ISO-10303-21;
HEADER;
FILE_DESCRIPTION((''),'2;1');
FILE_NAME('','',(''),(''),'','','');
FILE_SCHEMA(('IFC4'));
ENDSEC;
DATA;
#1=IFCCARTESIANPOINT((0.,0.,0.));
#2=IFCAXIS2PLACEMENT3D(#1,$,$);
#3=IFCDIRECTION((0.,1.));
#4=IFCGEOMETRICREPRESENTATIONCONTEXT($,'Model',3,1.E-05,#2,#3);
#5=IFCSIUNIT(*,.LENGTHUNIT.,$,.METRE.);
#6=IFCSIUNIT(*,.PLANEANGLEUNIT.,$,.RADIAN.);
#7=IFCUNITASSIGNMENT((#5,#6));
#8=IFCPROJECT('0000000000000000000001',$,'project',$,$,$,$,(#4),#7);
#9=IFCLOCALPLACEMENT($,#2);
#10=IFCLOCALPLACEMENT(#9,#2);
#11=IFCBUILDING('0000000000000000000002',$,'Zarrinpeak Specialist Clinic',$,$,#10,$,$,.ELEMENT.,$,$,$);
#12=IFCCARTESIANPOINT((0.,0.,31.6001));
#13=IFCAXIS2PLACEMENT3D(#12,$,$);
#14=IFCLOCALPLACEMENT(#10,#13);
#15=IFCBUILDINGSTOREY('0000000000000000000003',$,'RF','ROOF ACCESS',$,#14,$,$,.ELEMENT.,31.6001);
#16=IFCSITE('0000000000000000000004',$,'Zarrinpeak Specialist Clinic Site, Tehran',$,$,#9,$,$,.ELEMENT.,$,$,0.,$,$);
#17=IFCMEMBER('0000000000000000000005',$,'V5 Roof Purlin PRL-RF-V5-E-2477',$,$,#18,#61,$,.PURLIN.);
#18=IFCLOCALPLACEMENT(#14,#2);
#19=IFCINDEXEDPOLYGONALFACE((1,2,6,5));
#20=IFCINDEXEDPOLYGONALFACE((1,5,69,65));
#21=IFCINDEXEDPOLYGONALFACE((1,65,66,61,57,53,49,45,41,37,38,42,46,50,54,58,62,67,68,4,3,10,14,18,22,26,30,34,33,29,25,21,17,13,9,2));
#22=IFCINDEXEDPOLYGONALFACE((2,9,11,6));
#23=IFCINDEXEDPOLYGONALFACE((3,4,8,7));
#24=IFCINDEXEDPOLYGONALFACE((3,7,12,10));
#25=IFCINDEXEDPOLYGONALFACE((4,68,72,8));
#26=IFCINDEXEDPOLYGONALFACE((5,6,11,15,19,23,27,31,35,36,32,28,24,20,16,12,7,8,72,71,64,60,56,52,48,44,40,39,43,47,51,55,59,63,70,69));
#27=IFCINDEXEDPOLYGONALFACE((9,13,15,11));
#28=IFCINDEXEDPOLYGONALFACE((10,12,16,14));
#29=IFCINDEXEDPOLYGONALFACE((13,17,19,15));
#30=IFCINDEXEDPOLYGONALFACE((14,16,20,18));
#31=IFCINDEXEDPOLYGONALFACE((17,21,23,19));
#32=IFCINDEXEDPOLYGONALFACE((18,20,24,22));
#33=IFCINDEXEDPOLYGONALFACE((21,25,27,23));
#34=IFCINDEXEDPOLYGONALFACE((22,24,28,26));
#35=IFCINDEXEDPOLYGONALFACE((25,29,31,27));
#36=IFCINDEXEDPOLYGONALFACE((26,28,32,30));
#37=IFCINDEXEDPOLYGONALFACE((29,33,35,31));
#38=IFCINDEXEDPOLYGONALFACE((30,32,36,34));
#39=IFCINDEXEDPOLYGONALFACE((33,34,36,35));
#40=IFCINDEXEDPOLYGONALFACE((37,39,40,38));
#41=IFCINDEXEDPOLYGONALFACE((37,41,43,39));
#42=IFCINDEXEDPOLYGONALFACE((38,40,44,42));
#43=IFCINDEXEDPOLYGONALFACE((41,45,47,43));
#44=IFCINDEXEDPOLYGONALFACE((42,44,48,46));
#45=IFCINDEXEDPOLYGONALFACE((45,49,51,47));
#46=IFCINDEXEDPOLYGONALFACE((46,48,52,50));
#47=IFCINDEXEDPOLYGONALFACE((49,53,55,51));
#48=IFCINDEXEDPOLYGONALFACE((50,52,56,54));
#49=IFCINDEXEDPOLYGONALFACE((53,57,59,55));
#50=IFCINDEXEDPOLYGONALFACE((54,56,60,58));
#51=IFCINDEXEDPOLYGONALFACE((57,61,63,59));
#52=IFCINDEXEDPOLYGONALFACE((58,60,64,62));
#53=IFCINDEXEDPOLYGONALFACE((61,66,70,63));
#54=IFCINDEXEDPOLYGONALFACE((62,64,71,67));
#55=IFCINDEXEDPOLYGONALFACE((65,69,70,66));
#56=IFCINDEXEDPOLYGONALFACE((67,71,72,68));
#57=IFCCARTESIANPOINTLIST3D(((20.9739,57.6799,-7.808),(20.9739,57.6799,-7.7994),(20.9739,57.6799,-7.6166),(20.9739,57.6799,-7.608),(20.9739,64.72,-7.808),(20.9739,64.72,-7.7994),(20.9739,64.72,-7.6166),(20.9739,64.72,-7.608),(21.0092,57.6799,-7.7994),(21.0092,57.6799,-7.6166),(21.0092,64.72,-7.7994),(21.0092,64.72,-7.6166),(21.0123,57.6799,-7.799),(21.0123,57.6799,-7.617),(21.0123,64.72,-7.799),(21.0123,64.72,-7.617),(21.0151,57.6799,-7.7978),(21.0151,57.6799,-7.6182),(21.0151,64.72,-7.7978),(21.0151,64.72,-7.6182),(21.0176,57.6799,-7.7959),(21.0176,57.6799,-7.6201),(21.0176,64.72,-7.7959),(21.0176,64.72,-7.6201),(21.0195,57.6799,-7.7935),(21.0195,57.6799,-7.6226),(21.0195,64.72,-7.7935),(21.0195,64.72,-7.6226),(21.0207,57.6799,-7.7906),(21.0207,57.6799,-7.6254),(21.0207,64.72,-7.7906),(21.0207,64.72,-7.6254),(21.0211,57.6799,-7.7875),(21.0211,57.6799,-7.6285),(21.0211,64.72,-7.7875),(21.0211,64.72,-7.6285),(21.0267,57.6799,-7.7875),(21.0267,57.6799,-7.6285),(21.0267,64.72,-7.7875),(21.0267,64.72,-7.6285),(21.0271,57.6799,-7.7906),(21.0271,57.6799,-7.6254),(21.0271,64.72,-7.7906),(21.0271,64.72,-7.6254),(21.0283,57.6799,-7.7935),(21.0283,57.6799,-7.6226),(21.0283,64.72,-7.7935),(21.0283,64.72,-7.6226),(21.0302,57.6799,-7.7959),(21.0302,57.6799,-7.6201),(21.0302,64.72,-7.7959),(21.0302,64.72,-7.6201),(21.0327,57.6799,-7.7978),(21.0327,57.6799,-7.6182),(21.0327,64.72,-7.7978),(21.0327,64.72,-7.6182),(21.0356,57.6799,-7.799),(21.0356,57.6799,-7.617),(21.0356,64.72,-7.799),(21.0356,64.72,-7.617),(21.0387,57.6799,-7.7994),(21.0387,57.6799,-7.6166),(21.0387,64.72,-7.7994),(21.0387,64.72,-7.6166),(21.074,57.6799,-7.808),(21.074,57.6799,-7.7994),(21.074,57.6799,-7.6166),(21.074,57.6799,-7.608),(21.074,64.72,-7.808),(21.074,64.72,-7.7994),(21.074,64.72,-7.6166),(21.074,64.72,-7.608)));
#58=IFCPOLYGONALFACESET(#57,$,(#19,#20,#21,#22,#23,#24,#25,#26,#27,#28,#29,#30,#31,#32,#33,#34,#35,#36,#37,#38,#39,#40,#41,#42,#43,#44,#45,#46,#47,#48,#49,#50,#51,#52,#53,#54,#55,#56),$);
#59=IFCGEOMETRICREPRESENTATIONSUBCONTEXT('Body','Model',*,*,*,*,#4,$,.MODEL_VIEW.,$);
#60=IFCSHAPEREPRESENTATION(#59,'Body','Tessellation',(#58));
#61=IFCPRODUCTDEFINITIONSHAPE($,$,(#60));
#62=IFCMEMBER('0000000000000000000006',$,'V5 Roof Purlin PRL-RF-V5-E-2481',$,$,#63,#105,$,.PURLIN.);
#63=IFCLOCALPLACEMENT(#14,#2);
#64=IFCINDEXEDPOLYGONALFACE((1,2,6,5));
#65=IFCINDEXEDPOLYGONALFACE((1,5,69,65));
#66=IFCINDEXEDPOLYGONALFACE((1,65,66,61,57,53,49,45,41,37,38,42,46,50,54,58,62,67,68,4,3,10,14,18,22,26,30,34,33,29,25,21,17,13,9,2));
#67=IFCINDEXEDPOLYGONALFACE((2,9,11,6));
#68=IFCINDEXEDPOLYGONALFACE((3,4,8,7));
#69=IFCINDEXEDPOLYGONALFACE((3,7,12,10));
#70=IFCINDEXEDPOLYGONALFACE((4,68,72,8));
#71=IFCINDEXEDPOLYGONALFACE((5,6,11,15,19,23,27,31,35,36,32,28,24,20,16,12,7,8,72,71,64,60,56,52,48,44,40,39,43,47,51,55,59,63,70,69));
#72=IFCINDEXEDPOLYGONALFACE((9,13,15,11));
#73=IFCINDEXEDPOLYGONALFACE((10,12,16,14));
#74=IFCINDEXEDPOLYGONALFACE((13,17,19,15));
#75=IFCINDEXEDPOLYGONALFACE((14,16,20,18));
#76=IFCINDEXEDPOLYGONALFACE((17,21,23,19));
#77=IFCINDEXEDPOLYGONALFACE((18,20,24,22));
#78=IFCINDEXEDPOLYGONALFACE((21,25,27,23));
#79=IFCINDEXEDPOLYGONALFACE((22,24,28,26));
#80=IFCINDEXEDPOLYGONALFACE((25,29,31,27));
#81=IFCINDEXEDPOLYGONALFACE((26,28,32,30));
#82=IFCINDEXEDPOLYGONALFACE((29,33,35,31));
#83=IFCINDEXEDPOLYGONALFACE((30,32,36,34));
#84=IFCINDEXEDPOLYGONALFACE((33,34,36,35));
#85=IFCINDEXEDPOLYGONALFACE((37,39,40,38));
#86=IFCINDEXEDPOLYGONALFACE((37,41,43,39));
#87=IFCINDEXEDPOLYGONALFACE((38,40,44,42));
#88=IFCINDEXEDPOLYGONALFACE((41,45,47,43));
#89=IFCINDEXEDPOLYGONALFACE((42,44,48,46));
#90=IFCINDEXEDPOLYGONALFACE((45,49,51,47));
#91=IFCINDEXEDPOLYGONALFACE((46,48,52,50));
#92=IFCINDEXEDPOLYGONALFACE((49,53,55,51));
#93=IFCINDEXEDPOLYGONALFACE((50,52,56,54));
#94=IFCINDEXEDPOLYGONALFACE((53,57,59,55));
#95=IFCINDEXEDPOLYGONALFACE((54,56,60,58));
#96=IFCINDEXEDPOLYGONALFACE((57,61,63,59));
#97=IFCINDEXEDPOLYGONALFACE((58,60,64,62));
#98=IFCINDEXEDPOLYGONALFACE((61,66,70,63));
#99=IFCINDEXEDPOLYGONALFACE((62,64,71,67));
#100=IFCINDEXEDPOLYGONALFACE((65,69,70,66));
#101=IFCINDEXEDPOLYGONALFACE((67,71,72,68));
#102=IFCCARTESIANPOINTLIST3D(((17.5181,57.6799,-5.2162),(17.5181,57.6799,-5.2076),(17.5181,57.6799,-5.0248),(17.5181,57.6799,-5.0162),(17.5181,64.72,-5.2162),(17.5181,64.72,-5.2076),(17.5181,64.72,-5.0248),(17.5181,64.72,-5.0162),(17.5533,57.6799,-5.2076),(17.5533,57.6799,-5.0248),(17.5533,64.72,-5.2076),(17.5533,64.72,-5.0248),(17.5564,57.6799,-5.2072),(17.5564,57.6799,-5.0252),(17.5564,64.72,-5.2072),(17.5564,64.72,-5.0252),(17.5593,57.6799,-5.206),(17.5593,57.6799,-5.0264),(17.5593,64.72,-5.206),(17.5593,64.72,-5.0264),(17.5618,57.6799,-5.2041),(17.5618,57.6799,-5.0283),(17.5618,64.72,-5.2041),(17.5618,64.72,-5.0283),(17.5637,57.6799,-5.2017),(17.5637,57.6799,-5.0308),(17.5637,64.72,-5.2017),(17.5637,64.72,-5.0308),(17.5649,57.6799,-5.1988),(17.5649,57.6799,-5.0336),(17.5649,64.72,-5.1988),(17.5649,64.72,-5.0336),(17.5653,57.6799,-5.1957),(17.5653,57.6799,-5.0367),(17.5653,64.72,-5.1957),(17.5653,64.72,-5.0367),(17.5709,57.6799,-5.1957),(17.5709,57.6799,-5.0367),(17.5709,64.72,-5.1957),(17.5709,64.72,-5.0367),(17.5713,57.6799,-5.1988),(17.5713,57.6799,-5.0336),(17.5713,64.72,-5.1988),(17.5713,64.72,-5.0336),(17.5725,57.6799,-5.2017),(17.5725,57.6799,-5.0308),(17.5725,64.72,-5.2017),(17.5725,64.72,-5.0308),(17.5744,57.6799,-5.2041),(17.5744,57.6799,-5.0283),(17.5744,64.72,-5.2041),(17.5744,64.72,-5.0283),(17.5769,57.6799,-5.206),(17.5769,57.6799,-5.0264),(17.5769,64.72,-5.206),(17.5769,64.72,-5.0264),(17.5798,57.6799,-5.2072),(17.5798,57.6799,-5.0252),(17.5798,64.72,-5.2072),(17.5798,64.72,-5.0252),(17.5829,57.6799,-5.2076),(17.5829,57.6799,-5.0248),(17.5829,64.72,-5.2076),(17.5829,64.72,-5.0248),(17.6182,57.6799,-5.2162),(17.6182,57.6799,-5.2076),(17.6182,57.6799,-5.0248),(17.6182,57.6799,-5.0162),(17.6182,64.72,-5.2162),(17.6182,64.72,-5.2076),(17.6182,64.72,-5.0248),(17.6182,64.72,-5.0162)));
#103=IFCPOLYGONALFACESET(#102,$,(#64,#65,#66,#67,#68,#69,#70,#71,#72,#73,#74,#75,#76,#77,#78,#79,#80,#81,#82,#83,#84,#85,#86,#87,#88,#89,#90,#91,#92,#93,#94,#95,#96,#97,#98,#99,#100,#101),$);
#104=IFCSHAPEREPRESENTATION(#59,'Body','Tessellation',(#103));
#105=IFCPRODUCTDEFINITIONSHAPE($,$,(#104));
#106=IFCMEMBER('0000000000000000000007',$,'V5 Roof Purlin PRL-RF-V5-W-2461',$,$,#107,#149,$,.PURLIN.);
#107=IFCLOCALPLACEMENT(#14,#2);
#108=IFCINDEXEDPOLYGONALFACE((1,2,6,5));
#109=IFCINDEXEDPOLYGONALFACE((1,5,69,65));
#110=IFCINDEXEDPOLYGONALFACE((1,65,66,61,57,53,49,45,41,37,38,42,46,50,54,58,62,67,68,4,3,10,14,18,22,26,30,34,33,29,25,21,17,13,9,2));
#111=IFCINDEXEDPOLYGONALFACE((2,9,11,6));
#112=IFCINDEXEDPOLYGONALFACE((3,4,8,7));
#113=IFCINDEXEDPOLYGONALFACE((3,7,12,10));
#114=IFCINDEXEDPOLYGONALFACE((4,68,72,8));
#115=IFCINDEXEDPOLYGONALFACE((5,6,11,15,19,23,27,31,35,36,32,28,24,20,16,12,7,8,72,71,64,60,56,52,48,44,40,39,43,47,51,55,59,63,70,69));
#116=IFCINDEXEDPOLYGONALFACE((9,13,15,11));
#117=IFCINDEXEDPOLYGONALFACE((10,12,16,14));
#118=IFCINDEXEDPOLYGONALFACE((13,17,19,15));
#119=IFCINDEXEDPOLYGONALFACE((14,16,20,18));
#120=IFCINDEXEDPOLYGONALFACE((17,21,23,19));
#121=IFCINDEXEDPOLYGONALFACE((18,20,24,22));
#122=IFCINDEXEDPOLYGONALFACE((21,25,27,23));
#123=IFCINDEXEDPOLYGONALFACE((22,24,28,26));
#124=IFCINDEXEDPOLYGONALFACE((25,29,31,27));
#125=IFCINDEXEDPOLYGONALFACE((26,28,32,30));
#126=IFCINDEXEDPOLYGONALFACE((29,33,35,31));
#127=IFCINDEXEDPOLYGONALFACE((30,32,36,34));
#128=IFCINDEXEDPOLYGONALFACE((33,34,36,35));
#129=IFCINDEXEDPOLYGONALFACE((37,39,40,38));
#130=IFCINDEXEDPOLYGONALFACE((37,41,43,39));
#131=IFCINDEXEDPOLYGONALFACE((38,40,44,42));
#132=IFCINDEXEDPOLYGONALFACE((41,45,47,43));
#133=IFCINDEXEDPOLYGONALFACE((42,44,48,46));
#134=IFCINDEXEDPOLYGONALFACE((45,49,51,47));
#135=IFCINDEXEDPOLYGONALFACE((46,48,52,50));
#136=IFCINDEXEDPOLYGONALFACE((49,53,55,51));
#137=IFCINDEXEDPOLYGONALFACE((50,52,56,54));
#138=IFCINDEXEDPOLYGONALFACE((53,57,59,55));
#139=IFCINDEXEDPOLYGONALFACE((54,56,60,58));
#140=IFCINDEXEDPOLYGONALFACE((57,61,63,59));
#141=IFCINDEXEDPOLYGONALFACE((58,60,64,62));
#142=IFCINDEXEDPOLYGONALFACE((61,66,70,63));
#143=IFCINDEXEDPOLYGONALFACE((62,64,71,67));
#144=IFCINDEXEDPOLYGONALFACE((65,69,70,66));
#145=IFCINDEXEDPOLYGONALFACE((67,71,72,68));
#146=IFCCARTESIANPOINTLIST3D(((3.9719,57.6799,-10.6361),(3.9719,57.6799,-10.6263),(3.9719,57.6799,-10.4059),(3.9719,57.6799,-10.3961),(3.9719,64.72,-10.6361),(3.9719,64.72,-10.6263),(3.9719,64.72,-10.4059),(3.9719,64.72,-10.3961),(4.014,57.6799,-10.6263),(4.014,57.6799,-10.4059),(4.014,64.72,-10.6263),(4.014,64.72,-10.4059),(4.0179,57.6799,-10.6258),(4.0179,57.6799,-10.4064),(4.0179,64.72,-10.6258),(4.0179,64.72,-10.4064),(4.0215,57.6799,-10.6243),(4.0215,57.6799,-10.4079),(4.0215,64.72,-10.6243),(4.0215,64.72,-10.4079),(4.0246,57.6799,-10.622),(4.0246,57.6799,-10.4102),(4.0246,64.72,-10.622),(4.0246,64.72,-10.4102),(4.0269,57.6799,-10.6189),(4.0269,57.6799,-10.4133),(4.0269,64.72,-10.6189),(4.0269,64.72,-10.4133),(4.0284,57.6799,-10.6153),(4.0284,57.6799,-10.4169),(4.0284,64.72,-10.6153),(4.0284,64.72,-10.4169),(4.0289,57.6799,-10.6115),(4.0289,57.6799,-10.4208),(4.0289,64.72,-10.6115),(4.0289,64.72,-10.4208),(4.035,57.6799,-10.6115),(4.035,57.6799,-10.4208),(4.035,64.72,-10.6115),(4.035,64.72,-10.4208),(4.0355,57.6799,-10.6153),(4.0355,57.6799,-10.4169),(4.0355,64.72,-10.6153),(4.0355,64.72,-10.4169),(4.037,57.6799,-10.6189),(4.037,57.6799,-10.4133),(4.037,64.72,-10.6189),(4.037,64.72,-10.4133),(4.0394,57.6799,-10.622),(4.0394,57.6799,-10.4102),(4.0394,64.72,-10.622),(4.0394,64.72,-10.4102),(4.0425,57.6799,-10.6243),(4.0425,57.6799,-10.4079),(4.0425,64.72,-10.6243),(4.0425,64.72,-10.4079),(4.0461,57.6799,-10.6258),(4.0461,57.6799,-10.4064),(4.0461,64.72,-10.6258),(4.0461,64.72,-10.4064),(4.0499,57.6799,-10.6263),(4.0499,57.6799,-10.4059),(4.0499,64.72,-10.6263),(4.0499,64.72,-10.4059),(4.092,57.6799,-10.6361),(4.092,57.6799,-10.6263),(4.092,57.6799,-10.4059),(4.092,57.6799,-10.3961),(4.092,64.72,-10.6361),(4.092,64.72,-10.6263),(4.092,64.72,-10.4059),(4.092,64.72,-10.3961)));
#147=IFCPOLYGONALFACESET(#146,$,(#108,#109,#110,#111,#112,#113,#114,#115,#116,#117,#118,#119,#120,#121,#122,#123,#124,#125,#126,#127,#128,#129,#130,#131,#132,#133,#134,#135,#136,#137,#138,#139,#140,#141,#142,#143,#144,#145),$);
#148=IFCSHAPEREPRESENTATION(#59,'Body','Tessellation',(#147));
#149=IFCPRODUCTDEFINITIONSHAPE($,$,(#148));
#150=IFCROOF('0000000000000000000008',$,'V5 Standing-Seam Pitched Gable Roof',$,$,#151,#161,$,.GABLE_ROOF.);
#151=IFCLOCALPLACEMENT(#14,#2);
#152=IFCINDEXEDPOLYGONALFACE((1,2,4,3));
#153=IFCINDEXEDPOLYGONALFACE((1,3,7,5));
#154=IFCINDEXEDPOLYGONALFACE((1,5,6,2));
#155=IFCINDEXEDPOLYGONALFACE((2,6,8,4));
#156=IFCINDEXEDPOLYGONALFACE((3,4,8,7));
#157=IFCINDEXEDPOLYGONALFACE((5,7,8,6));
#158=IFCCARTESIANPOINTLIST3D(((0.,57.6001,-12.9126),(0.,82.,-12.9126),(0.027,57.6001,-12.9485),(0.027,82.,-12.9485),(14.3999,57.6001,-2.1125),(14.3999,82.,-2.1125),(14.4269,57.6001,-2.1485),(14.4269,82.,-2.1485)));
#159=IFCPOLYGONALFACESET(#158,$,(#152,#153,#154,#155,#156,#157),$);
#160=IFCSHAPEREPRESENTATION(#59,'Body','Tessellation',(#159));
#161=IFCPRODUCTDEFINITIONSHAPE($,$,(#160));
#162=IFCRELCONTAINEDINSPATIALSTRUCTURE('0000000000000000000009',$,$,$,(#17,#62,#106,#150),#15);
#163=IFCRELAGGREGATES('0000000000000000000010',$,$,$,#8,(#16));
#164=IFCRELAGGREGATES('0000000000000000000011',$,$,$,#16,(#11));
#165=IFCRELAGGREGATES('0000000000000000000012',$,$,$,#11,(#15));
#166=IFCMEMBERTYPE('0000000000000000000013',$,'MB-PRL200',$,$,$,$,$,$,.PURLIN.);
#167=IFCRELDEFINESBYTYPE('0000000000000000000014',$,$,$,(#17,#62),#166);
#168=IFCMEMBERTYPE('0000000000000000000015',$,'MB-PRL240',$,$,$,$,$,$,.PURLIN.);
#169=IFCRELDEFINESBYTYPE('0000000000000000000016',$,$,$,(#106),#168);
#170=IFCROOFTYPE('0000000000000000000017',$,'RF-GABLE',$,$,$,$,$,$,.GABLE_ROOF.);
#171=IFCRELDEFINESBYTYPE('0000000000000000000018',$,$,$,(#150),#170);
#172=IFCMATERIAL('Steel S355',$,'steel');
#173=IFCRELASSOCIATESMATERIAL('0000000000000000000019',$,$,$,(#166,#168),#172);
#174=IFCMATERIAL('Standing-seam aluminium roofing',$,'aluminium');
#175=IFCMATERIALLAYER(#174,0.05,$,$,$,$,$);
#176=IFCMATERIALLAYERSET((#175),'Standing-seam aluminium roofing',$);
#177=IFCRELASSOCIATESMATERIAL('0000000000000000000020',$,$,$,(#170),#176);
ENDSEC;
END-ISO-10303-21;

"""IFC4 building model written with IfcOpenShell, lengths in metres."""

from ifc_helpers import new_model, si_unit, direction, frame, origin, origin_2d, place, context, subcontext, project, spatial, polyline, i_section, outline, extrude, material, layer, layer_set, material_profile, profile_set, type_object, element, save


model = new_model("IFC4")

# Units and contexts
model_context = context("Model", 3, precision=1e-05, world=origin(), true_north=direction((0.0, 1.0)))
body_context = subcontext(model_context, "Body", "Model", "MODEL_VIEW")
ifc_project = project(units=[si_unit("LENGTHUNIT", "METRE"), si_unit("PLANEANGLEUNIT", "RADIAN")], contexts=[model_context])

# Site, building, storey
site_placement = place(None, origin())
site = spatial("IfcSite", under=ifc_project, at=site_placement, Name="Zarrinpeak Specialist Clinic Site, Tehran", CompositionType="ELEMENT", RefElevation=0.0)
building_placement = place(site_placement, origin())
building = spatial("IfcBuilding", under=site, at=building_placement, Name="Zarrinpeak Specialist Clinic", CompositionType="ELEMENT")
storey_placement = place(building_placement, frame((0.0, 0.0, 31.6001)))
storey = spatial("IfcBuildingStorey", under=building, at=storey_placement, Name="RF", Description="ROOF ACCESS", CompositionType="ELEMENT", Elevation=31.6001)

# Shared definitions
ifc_material_1 = material(Name="Steel S355", Category="steel")

# Members
ifc_material_profile_1 = material_profile(ifc_material_1, i_section(OverallWidth=0.1001, OverallDepth=0.2, WebThickness=0.0056, FlangeThickness=0.0085, FilletRadius=0.012, at=origin_2d()), Name="IPE 200")
ifc_profile_set_1 = profile_set([ifc_material_profile_1], Name="Steel S355")
member_type_1 = type_object("IfcMemberType", Name="MB-PRL200", PredefinedType="PURLIN", material=ifc_profile_set_1)
for number, where, z_axis, x_axis, name in (
    (1, (21.0239, 57.6799, -7.708), (0.0, 1.0, 0.0), (-1.0, 0.0, 0.0), "V5 Roof Purlin PRL-RF-V5-E-2477"),
    (2, (17.5681, 57.6799, -5.1162), (0.0, 1.0, 0.0), (-1.0, 0.0, 0.0), "V5 Roof Purlin PRL-RF-V5-E-2481"),
):
    element("IfcMember", number, at=place(storey_placement, frame(where, z_axis=z_axis, x_axis=x_axis)), inside=storey, type_object=member_type_1, Name=name, PredefinedType="PURLIN", context=body_context, shape_type="SweptSolid", body=[
        extrude(i_section(OverallWidth=0.1001, OverallDepth=0.2, WebThickness=0.0056, FlangeThickness=0.0085, FilletRadius=0.012, at=origin_2d()), origin(), (0.0, 0.0, 1.0), 7.04),
    ])
ifc_material_profile_2 = material_profile(ifc_material_1, i_section(OverallWidth=0.1201, OverallDepth=0.24, WebThickness=0.0061, FlangeThickness=0.0098, FilletRadius=0.0149, at=origin_2d()), Name="IPE 240")
ifc_profile_set_2 = profile_set([ifc_material_profile_2], Name="Steel S355")
member_type_2 = type_object("IfcMemberType", Name="MB-PRL240", PredefinedType="PURLIN", material=ifc_profile_set_2)
member_placement = place(storey_placement, frame((4.032, 57.6799, -10.5161), z_axis=(0.0, 1.0, 0.0), x_axis=(-1.0, 0.0, 0.0)))
element("IfcMember", 3, at=member_placement, inside=storey, type_object=member_type_2, Name="V5 Roof Purlin PRL-RF-V5-W-2461", PredefinedType="PURLIN", context=body_context, shape_type="SweptSolid", body=[
    extrude(i_section(OverallWidth=0.1201, OverallDepth=0.24, WebThickness=0.0061, FlangeThickness=0.0098, FilletRadius=0.0149, at=origin_2d()), origin(), (0.0, 0.0, 1.0), 7.04),
])

# Roof
ifc_material_2 = material(Name="Standing-seam aluminium roofing", Category="aluminium")
ifc_layer_1 = layer(ifc_material_2, 0.05)
ifc_layer_set_1 = layer_set([ifc_layer_1], Name="Standing-seam aluminium roofing")
roof_type = type_object("IfcRoofType", Name="RF-GABLE", PredefinedType="GABLE_ROOF", material=ifc_layer_set_1)
roof_placement = place(storey_placement, frame((0.0, 57.6001, -12.9126), z_axis=(-0.600004, 0.0, 0.799997), x_axis=(0.799997, 0.0, 0.600004)))
element("IfcRoof", 4, at=roof_placement, inside=storey, type_object=roof_type, Name="V5 Standing-Seam Pitched Gable Roof", PredefinedType="GABLE_ROOF", context=body_context, shape_type="SweptSolid", body=[
    extrude(outline(polyline([(0.0, 0.0), (18.0, 0.0), (18.0, 24.3999), (0.0, 24.3999), (0.0, 0.0)])), origin(), (0.0, 0.0, -1.0), 0.0449),
])

save(model, "model.ifc")
